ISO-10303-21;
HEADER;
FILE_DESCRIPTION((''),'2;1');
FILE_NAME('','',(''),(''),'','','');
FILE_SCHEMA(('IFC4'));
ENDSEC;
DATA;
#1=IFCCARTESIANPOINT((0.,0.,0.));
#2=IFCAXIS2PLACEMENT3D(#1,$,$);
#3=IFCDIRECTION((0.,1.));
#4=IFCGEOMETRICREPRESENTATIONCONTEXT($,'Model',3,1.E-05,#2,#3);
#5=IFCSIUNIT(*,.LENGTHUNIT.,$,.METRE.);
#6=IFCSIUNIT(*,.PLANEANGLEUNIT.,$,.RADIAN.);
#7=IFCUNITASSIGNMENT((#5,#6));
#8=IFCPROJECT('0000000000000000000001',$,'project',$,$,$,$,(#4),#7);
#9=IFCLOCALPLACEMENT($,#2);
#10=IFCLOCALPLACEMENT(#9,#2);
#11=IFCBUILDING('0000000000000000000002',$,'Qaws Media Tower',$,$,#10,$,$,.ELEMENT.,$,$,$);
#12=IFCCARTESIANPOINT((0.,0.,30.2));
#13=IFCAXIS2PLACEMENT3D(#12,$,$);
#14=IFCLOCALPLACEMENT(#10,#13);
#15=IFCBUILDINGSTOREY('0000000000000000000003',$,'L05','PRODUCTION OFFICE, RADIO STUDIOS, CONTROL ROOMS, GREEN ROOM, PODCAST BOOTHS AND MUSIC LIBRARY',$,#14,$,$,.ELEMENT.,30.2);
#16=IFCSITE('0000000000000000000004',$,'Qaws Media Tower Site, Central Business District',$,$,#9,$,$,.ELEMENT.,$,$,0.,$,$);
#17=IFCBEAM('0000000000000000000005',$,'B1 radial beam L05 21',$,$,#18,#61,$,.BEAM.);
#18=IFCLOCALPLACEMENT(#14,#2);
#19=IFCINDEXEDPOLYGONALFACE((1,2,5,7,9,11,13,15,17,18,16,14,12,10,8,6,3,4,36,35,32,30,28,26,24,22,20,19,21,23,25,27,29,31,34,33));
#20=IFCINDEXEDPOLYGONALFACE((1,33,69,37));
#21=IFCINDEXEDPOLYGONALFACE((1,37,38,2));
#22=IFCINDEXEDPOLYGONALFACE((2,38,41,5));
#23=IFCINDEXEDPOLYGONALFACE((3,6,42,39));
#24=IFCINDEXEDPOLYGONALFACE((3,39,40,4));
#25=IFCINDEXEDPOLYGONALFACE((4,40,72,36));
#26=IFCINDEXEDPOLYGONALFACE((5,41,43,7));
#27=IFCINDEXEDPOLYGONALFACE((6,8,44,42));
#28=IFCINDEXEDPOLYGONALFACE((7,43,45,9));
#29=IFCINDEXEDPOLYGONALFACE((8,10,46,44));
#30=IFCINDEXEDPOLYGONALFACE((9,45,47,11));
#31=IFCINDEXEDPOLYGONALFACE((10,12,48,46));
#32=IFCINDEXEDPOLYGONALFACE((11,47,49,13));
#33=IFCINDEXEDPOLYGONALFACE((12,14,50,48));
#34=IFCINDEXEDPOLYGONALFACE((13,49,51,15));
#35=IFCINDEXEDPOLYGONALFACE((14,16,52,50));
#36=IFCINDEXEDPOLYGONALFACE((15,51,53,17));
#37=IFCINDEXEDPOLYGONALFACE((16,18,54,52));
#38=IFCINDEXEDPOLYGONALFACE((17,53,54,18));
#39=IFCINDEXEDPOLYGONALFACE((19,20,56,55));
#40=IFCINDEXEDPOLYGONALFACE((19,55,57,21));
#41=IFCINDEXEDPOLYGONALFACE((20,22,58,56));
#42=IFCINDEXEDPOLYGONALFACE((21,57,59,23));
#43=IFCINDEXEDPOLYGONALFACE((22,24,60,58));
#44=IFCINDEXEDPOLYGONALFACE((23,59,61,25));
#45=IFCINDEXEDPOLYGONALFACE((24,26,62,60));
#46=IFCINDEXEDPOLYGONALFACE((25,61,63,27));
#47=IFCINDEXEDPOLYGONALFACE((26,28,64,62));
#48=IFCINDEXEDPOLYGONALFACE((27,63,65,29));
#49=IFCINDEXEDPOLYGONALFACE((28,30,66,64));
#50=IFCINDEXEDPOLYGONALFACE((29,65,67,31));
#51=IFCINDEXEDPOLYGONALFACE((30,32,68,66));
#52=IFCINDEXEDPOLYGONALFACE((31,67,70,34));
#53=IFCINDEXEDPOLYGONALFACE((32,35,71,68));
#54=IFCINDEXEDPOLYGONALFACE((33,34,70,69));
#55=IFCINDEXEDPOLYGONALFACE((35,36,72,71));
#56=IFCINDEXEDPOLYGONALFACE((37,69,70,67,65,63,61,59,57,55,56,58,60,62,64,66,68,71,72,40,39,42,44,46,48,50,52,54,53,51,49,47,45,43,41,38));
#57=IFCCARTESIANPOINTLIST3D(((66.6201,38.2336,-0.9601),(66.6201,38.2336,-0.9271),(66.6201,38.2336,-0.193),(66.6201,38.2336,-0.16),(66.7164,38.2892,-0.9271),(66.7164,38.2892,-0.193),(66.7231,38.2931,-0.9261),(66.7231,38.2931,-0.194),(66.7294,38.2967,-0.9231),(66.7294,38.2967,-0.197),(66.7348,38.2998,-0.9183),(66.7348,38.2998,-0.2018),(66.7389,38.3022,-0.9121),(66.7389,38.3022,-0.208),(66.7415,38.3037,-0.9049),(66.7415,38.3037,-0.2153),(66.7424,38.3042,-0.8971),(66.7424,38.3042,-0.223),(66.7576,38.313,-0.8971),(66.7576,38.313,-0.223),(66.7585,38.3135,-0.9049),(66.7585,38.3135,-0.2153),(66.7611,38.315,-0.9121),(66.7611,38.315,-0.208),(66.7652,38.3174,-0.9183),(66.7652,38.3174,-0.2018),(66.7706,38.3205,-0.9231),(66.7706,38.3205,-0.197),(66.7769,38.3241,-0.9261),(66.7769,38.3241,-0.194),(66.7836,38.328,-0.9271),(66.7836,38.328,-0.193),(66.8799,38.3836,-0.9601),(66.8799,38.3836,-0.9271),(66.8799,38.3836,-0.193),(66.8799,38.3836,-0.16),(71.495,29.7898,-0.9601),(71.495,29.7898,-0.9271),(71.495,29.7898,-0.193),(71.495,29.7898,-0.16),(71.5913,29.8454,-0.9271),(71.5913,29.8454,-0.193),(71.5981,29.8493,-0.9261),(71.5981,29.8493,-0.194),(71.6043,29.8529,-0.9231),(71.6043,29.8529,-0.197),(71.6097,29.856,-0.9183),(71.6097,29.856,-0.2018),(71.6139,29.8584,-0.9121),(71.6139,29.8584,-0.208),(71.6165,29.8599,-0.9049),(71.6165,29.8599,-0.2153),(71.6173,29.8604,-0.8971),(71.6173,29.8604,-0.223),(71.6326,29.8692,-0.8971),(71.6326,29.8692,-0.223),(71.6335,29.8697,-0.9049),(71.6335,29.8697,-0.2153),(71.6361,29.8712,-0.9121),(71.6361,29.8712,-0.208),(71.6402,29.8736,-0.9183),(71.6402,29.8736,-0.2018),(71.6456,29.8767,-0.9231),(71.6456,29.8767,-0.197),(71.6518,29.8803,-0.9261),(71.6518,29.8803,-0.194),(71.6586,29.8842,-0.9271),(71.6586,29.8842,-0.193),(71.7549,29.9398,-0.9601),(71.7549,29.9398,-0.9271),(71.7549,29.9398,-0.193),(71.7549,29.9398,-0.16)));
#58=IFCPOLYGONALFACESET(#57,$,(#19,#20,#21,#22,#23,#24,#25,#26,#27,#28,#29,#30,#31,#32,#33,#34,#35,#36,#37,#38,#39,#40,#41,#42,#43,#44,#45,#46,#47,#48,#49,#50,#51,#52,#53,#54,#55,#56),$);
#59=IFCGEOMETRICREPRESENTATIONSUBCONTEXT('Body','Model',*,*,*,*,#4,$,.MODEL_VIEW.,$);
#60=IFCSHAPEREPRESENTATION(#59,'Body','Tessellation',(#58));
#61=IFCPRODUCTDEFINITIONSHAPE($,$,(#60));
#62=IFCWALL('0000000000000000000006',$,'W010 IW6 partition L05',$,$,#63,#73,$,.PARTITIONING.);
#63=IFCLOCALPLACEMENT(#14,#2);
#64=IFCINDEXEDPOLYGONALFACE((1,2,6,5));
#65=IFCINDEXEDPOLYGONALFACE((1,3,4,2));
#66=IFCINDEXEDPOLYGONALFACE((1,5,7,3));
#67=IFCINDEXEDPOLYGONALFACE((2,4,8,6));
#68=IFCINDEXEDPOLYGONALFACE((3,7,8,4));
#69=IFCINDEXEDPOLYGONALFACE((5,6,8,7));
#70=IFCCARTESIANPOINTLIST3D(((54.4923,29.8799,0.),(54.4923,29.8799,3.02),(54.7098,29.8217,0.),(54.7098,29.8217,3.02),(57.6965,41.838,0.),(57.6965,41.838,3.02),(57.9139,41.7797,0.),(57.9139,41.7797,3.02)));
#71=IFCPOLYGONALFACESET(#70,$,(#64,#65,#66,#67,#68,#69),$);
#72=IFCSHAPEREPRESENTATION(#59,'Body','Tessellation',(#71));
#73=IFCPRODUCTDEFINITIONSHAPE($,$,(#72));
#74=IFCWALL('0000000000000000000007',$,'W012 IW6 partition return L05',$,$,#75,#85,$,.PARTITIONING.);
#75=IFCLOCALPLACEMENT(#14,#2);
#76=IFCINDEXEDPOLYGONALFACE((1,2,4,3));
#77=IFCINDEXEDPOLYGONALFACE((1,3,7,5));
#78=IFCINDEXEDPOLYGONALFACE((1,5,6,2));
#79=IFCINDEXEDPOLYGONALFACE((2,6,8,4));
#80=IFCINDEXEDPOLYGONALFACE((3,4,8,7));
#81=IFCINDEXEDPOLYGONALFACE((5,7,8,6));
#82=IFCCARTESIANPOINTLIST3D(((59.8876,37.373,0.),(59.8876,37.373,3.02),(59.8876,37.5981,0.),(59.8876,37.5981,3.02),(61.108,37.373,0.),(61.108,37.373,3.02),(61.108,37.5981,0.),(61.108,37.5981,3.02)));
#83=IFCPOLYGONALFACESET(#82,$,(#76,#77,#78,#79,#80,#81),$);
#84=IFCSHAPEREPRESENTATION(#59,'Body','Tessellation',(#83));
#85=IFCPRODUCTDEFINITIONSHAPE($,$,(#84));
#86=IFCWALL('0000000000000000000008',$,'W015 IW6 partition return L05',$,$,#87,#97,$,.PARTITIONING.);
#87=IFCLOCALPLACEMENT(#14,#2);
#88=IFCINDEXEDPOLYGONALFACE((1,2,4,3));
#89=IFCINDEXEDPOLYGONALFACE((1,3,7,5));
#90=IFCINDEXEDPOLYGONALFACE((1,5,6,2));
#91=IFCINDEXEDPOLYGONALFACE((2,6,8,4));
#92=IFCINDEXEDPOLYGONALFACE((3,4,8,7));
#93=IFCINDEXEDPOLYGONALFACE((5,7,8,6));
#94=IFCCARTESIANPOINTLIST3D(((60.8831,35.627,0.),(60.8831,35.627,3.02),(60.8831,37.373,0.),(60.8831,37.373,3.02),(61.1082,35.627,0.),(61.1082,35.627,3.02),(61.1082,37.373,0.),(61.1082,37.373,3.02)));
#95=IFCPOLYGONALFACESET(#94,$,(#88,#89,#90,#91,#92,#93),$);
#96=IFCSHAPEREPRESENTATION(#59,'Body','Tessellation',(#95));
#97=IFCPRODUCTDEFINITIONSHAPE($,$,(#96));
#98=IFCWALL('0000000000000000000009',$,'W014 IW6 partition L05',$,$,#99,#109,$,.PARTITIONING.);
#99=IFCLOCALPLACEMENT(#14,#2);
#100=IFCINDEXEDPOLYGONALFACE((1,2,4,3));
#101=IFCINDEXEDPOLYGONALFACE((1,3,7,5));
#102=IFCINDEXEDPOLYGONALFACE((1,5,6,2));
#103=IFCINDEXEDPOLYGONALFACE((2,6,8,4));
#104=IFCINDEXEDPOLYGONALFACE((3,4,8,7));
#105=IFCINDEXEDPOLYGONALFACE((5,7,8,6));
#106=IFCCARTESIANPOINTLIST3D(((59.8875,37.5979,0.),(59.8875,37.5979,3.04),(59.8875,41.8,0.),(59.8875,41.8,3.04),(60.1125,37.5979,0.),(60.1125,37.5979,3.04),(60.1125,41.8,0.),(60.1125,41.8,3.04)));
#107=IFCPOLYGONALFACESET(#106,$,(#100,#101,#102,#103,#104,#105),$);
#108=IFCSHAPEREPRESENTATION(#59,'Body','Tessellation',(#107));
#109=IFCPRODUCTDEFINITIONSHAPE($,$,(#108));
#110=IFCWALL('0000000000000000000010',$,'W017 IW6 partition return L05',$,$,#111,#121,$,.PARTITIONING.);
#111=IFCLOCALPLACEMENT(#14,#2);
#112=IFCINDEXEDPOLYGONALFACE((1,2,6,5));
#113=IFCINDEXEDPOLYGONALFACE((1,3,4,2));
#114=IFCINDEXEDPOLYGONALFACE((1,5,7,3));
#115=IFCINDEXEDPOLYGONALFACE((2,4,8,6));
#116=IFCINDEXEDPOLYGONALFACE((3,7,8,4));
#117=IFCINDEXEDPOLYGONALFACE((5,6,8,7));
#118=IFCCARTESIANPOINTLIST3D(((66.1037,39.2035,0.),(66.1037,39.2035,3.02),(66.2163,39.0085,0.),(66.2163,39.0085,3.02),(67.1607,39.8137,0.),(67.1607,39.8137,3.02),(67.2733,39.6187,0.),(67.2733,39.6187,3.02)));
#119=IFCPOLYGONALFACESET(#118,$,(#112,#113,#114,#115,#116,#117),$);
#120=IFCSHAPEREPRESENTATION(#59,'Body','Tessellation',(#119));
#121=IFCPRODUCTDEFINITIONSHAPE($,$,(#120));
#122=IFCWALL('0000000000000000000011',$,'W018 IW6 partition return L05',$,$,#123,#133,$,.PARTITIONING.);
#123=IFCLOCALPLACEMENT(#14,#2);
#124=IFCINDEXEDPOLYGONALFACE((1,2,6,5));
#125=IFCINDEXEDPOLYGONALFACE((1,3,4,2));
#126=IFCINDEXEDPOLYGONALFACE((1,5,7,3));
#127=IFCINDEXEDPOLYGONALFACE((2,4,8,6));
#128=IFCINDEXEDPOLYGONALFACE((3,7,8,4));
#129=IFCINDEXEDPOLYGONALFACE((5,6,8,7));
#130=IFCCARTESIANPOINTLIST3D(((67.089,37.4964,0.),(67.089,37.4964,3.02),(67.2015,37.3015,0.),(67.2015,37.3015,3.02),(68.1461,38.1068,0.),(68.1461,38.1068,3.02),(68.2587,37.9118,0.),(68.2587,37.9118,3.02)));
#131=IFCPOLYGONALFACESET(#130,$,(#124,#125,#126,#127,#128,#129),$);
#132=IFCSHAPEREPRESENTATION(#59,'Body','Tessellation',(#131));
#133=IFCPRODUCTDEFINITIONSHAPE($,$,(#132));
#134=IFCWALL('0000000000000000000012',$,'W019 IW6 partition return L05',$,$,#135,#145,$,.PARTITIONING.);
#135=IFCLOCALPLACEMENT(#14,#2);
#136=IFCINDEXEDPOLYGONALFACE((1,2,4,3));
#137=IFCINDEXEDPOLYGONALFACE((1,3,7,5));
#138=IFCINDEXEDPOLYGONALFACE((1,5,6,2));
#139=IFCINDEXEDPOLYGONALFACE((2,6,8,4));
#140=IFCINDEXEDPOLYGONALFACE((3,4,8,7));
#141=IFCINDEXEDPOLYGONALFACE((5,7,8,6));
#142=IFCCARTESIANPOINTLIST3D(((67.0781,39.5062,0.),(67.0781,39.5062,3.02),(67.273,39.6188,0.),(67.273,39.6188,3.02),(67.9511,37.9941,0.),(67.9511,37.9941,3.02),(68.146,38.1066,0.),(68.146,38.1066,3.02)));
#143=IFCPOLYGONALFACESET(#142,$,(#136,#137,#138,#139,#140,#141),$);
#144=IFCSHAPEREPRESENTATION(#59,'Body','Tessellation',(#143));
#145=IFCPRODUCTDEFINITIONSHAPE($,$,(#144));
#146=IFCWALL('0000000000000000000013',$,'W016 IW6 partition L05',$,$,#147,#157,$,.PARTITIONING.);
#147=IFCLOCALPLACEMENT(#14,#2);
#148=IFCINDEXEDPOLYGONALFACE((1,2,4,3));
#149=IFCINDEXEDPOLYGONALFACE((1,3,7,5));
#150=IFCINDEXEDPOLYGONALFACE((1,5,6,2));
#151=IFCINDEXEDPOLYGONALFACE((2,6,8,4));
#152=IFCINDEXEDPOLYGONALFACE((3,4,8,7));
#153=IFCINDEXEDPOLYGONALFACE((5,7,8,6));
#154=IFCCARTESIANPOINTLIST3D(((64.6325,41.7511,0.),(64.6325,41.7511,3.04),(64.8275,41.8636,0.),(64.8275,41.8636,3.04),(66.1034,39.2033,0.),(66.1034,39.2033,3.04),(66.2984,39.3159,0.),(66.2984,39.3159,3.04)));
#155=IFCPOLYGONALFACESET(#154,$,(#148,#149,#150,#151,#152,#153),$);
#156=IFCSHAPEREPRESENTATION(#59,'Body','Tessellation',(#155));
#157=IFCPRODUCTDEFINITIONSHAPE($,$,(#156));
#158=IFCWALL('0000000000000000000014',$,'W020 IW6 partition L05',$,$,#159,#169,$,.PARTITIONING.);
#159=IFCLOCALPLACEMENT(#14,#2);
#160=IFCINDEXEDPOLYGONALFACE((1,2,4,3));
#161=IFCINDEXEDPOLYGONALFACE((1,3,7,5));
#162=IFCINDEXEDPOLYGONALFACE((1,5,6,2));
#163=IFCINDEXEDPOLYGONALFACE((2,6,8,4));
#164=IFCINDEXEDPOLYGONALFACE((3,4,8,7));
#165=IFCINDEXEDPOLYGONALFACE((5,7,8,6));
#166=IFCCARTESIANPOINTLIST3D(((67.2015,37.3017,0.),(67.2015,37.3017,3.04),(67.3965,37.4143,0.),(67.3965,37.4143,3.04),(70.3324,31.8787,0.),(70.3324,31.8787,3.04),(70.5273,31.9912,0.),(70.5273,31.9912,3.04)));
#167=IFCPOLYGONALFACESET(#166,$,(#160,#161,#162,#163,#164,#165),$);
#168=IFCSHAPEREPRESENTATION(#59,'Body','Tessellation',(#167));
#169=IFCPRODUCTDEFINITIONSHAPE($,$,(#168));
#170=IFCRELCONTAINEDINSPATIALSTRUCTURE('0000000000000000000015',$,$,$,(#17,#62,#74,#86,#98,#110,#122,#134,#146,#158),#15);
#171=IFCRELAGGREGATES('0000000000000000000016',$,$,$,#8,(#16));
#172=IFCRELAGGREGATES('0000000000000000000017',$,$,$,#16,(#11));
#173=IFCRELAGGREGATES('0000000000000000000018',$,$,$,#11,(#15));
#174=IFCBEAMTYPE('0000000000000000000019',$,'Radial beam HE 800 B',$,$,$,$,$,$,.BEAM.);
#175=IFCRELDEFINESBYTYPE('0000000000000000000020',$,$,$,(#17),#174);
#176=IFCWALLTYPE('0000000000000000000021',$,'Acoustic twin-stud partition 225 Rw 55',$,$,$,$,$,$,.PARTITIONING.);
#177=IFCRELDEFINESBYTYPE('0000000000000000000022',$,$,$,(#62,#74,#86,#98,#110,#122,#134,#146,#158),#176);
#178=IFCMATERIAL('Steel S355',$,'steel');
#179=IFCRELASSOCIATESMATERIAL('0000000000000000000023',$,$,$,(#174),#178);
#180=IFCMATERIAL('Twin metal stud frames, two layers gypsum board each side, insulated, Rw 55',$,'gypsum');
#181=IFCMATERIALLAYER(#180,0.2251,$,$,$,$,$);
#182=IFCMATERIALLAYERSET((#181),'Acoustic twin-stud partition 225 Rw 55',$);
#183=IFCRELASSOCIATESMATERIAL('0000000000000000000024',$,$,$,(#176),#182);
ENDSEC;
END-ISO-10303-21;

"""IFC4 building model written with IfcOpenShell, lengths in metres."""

from ifc_helpers import new_model, si_unit, direction, frame, frame_2d, origin, origin_2d, place, context, subcontext, project, spatial, rectangle, i_section, extrude, material, layer, layer_set, material_profile, profile_set, type_object, element, save


model = new_model("IFC4")

# Units and contexts
model_context = context("Model", 3, precision=1e-05, world=origin(), true_north=direction((0.0, 1.0)))
body_context = subcontext(model_context, "Body", "Model", "MODEL_VIEW")
ifc_project = project(units=[si_unit("LENGTHUNIT", "METRE"), si_unit("PLANEANGLEUNIT", "RADIAN")], contexts=[model_context])

# Site, building, storey
site_placement = place(None, origin())
site = spatial("IfcSite", under=ifc_project, at=site_placement, Name="Qaws Media Tower Site, Central Business District", CompositionType="ELEMENT", RefElevation=0.0)
building_placement = place(site_placement, origin())
building = spatial("IfcBuilding", under=site, at=building_placement, Name="Qaws Media Tower", CompositionType="ELEMENT")
storey_placement = place(building_placement, frame((0.0, 0.0, 30.2)))
storey = spatial("IfcBuildingStorey", under=building, at=storey_placement, Name="L05", Description="PRODUCTION OFFICE, RADIO STUDIOS, CONTROL ROOMS, GREEN ROOM, PODCAST BOOTHS AND MUSIC LIBRARY", CompositionType="ELEMENT", Elevation=30.2)

# Beam
ifc_material_1 = material(Name="Steel S355", Category="steel")
ifc_material_profile_1 = material_profile(ifc_material_1, i_section(OverallWidth=0.3, OverallDepth=0.8, WebThickness=0.0176, FlangeThickness=0.033, FilletRadius=0.03, at=origin_2d()), Name="HE 800 B")
ifc_profile_set_1 = profile_set([ifc_material_profile_1], Name="Steel S355")
beam_type_1 = type_object("IfcBeamType", Name="Radial beam HE 800 B", PredefinedType="BEAM", material=ifc_profile_set_1)
beam_1_placement = place(storey_placement, frame((66.75, 38.3086, -0.5601), z_axis=(0.499996, -0.866028, 0.0), x_axis=(0.866028, 0.499996, 0.0)))
element("IfcBeam", 1, at=beam_1_placement, inside=storey, type_object=beam_type_1, Name="B1 radial beam L05 21", PredefinedType="BEAM", context=body_context, shape_type="SweptSolid", body=[
    extrude(i_section(OverallWidth=0.3, OverallDepth=0.8, WebThickness=0.0176, FlangeThickness=0.033, FilletRadius=0.03, at=origin_2d()), origin(), (0.0, 0.0, 1.0), 9.75),
])

# Walls
ifc_material_2 = material(Name="Twin metal stud frames, two layers gypsum board each side, insulated, Rw 55", Category="gypsum")
ifc_layer_1 = layer(ifc_material_2, 0.2251)
ifc_layer_set_1 = layer_set([ifc_layer_1], Name="Acoustic twin-stud partition 225 Rw 55")
wall_type_1 = type_object("IfcWallType", Name="Acoustic twin-stud partition 225 Rw 55", PredefinedType="PARTITIONING", material=ifc_layer_set_1)
wall_1_placement = place(storey_placement, frame((57.8052, 41.8088, 0.0), z_axis=(0.0, 0.0, 1.0), x_axis=(-0.258816, -0.965927, 0.0)))
element("IfcWall", 2, at=wall_1_placement, inside=storey, type_object=wall_type_1, Name="W010 IW6 partition L05", PredefinedType="PARTITIONING", context=body_context, shape_type="SweptSolid", body=[
    extrude(rectangle(XDim=12.3799, YDim=0.2251, at=frame_2d((6.1899, 0.0))), origin(), (0.0, 0.0, 1.0), 3.02),
])
wall_2_placement = place(storey_placement, frame((59.8875, 37.4856, 0.0), z_axis=(0.0, 0.0, 1.0), x_axis=(1.0, 0.0, 0.0)))
element("IfcWall", 3, at=wall_2_placement, inside=storey, type_object=wall_type_1, Name="W012 IW6 partition return L05", PredefinedType="PARTITIONING", context=body_context, shape_type="SweptSolid", body=[
    extrude(rectangle(XDim=1.2205, YDim=0.2251, at=frame_2d((0.6104, 0.0))), origin(), (0.0, 0.0, 1.0), 3.02),
])
wall_3_placement = place(storey_placement, frame((60.9956, 37.373, 0.0), z_axis=(0.0, 0.0, 1.0), x_axis=(0.0, -1.0, 0.0)))
element("IfcWall", 4, at=wall_3_placement, inside=storey, type_object=wall_type_1, Name="W015 IW6 partition return L05", PredefinedType="PARTITIONING", context=body_context, shape_type="SweptSolid", body=[
    extrude(rectangle(XDim=1.7461, YDim=0.2251, at=frame_2d((0.873, 0.0))), origin(), (0.0, 0.0, 1.0), 3.02),
])
wall_4_placement = place(storey_placement, frame((60.0, 41.8, 0.0), z_axis=(0.0, 0.0, 1.0), x_axis=(0.0, -1.0, 0.0)))
element("IfcWall", 5, at=wall_4_placement, inside=storey, type_object=wall_type_1, Name="W014 IW6 partition L05", PredefinedType="PARTITIONING", context=body_context, shape_type="SweptSolid", body=[
    extrude(rectangle(XDim=4.2021, YDim=0.2251, at=frame_2d((2.1011, 0.0))), origin(), (0.0, 0.0, 1.0), 3.04),
])
wall_5_placement = place(storey_placement, frame((66.1599, 39.106, 0.0), z_axis=(0.0, 0.0, 1.0), x_axis=(0.866056, 0.499948, 0.0)))
element("IfcWall", 6, at=wall_5_placement, inside=storey, type_object=wall_type_1, Name="W017 IW6 partition return L05", PredefinedType="PARTITIONING", context=body_context, shape_type="SweptSolid", body=[
    extrude(rectangle(XDim=1.2205, YDim=0.2251, at=frame_2d((0.6104, 0.0))), origin(), (0.0, 0.0, 1.0), 3.02),
])
wall_6_placement = place(storey_placement, frame((67.1453, 37.3989, 0.0), z_axis=(0.0, 0.0, 1.0), x_axis=(0.866019, 0.500011, 0.0)))
element("IfcWall", 7, at=wall_6_placement, inside=storey, type_object=wall_type_1, Name="W018 IW6 partition return L05", PredefinedType="PARTITIONING", context=body_context, shape_type="SweptSolid", body=[
    extrude(rectangle(XDim=1.2207, YDim=0.2251, at=frame_2d((0.6104, 0.0))), origin(), (0.0, 0.0, 1.0), 3.02),
])
wall_7_placement = place(storey_placement, frame((67.1755, 39.5625, 0.0), z_axis=(0.0, 0.0, 1.0), x_axis=(0.499989, -0.866032, 0.0)))
element("IfcWall", 8, at=wall_7_placement, inside=storey, type_object=wall_type_1, Name="W019 IW6 partition return L05", PredefinedType="PARTITIONING", context=body_context, shape_type="SweptSolid", body=[
    extrude(rectangle(XDim=1.7461, YDim=0.2251, at=frame_2d((0.873, 0.0))), origin(), (0.0, 0.0, 1.0), 3.02),
])
wall_8_placement = place(storey_placement, frame((64.73, 41.8074, 0.0), z_axis=(0.0, 0.0, 1.0), x_axis=(0.499986, -0.866034, 0.0)))
element("IfcWall", 9, at=wall_8_placement, inside=storey, type_object=wall_type_1, Name="W016 IW6 partition L05", PredefinedType="PARTITIONING", context=body_context, shape_type="SweptSolid", body=[
    extrude(rectangle(XDim=2.9419, YDim=0.2251, at=frame_2d((1.4709, 0.0))), origin(), (0.0, 0.0, 1.0), 3.04),
])
wall_9_placement = place(storey_placement, frame((67.2991, 37.3579, 0.0), z_axis=(0.0, 0.0, 1.0), x_axis=(0.49998, -0.866037, 0.0)))
element("IfcWall", 10, at=wall_9_placement, inside=storey, type_object=wall_type_1, Name="W020 IW6 partition L05", PredefinedType="PARTITIONING", context=body_context, shape_type="SweptSolid", body=[
    extrude(rectangle(XDim=6.262, YDim=0.2251, at=frame_2d((3.1309, 0.0))), origin(), (0.0, 0.0, 1.0), 3.04),
])

save(model, "model.ifc")
